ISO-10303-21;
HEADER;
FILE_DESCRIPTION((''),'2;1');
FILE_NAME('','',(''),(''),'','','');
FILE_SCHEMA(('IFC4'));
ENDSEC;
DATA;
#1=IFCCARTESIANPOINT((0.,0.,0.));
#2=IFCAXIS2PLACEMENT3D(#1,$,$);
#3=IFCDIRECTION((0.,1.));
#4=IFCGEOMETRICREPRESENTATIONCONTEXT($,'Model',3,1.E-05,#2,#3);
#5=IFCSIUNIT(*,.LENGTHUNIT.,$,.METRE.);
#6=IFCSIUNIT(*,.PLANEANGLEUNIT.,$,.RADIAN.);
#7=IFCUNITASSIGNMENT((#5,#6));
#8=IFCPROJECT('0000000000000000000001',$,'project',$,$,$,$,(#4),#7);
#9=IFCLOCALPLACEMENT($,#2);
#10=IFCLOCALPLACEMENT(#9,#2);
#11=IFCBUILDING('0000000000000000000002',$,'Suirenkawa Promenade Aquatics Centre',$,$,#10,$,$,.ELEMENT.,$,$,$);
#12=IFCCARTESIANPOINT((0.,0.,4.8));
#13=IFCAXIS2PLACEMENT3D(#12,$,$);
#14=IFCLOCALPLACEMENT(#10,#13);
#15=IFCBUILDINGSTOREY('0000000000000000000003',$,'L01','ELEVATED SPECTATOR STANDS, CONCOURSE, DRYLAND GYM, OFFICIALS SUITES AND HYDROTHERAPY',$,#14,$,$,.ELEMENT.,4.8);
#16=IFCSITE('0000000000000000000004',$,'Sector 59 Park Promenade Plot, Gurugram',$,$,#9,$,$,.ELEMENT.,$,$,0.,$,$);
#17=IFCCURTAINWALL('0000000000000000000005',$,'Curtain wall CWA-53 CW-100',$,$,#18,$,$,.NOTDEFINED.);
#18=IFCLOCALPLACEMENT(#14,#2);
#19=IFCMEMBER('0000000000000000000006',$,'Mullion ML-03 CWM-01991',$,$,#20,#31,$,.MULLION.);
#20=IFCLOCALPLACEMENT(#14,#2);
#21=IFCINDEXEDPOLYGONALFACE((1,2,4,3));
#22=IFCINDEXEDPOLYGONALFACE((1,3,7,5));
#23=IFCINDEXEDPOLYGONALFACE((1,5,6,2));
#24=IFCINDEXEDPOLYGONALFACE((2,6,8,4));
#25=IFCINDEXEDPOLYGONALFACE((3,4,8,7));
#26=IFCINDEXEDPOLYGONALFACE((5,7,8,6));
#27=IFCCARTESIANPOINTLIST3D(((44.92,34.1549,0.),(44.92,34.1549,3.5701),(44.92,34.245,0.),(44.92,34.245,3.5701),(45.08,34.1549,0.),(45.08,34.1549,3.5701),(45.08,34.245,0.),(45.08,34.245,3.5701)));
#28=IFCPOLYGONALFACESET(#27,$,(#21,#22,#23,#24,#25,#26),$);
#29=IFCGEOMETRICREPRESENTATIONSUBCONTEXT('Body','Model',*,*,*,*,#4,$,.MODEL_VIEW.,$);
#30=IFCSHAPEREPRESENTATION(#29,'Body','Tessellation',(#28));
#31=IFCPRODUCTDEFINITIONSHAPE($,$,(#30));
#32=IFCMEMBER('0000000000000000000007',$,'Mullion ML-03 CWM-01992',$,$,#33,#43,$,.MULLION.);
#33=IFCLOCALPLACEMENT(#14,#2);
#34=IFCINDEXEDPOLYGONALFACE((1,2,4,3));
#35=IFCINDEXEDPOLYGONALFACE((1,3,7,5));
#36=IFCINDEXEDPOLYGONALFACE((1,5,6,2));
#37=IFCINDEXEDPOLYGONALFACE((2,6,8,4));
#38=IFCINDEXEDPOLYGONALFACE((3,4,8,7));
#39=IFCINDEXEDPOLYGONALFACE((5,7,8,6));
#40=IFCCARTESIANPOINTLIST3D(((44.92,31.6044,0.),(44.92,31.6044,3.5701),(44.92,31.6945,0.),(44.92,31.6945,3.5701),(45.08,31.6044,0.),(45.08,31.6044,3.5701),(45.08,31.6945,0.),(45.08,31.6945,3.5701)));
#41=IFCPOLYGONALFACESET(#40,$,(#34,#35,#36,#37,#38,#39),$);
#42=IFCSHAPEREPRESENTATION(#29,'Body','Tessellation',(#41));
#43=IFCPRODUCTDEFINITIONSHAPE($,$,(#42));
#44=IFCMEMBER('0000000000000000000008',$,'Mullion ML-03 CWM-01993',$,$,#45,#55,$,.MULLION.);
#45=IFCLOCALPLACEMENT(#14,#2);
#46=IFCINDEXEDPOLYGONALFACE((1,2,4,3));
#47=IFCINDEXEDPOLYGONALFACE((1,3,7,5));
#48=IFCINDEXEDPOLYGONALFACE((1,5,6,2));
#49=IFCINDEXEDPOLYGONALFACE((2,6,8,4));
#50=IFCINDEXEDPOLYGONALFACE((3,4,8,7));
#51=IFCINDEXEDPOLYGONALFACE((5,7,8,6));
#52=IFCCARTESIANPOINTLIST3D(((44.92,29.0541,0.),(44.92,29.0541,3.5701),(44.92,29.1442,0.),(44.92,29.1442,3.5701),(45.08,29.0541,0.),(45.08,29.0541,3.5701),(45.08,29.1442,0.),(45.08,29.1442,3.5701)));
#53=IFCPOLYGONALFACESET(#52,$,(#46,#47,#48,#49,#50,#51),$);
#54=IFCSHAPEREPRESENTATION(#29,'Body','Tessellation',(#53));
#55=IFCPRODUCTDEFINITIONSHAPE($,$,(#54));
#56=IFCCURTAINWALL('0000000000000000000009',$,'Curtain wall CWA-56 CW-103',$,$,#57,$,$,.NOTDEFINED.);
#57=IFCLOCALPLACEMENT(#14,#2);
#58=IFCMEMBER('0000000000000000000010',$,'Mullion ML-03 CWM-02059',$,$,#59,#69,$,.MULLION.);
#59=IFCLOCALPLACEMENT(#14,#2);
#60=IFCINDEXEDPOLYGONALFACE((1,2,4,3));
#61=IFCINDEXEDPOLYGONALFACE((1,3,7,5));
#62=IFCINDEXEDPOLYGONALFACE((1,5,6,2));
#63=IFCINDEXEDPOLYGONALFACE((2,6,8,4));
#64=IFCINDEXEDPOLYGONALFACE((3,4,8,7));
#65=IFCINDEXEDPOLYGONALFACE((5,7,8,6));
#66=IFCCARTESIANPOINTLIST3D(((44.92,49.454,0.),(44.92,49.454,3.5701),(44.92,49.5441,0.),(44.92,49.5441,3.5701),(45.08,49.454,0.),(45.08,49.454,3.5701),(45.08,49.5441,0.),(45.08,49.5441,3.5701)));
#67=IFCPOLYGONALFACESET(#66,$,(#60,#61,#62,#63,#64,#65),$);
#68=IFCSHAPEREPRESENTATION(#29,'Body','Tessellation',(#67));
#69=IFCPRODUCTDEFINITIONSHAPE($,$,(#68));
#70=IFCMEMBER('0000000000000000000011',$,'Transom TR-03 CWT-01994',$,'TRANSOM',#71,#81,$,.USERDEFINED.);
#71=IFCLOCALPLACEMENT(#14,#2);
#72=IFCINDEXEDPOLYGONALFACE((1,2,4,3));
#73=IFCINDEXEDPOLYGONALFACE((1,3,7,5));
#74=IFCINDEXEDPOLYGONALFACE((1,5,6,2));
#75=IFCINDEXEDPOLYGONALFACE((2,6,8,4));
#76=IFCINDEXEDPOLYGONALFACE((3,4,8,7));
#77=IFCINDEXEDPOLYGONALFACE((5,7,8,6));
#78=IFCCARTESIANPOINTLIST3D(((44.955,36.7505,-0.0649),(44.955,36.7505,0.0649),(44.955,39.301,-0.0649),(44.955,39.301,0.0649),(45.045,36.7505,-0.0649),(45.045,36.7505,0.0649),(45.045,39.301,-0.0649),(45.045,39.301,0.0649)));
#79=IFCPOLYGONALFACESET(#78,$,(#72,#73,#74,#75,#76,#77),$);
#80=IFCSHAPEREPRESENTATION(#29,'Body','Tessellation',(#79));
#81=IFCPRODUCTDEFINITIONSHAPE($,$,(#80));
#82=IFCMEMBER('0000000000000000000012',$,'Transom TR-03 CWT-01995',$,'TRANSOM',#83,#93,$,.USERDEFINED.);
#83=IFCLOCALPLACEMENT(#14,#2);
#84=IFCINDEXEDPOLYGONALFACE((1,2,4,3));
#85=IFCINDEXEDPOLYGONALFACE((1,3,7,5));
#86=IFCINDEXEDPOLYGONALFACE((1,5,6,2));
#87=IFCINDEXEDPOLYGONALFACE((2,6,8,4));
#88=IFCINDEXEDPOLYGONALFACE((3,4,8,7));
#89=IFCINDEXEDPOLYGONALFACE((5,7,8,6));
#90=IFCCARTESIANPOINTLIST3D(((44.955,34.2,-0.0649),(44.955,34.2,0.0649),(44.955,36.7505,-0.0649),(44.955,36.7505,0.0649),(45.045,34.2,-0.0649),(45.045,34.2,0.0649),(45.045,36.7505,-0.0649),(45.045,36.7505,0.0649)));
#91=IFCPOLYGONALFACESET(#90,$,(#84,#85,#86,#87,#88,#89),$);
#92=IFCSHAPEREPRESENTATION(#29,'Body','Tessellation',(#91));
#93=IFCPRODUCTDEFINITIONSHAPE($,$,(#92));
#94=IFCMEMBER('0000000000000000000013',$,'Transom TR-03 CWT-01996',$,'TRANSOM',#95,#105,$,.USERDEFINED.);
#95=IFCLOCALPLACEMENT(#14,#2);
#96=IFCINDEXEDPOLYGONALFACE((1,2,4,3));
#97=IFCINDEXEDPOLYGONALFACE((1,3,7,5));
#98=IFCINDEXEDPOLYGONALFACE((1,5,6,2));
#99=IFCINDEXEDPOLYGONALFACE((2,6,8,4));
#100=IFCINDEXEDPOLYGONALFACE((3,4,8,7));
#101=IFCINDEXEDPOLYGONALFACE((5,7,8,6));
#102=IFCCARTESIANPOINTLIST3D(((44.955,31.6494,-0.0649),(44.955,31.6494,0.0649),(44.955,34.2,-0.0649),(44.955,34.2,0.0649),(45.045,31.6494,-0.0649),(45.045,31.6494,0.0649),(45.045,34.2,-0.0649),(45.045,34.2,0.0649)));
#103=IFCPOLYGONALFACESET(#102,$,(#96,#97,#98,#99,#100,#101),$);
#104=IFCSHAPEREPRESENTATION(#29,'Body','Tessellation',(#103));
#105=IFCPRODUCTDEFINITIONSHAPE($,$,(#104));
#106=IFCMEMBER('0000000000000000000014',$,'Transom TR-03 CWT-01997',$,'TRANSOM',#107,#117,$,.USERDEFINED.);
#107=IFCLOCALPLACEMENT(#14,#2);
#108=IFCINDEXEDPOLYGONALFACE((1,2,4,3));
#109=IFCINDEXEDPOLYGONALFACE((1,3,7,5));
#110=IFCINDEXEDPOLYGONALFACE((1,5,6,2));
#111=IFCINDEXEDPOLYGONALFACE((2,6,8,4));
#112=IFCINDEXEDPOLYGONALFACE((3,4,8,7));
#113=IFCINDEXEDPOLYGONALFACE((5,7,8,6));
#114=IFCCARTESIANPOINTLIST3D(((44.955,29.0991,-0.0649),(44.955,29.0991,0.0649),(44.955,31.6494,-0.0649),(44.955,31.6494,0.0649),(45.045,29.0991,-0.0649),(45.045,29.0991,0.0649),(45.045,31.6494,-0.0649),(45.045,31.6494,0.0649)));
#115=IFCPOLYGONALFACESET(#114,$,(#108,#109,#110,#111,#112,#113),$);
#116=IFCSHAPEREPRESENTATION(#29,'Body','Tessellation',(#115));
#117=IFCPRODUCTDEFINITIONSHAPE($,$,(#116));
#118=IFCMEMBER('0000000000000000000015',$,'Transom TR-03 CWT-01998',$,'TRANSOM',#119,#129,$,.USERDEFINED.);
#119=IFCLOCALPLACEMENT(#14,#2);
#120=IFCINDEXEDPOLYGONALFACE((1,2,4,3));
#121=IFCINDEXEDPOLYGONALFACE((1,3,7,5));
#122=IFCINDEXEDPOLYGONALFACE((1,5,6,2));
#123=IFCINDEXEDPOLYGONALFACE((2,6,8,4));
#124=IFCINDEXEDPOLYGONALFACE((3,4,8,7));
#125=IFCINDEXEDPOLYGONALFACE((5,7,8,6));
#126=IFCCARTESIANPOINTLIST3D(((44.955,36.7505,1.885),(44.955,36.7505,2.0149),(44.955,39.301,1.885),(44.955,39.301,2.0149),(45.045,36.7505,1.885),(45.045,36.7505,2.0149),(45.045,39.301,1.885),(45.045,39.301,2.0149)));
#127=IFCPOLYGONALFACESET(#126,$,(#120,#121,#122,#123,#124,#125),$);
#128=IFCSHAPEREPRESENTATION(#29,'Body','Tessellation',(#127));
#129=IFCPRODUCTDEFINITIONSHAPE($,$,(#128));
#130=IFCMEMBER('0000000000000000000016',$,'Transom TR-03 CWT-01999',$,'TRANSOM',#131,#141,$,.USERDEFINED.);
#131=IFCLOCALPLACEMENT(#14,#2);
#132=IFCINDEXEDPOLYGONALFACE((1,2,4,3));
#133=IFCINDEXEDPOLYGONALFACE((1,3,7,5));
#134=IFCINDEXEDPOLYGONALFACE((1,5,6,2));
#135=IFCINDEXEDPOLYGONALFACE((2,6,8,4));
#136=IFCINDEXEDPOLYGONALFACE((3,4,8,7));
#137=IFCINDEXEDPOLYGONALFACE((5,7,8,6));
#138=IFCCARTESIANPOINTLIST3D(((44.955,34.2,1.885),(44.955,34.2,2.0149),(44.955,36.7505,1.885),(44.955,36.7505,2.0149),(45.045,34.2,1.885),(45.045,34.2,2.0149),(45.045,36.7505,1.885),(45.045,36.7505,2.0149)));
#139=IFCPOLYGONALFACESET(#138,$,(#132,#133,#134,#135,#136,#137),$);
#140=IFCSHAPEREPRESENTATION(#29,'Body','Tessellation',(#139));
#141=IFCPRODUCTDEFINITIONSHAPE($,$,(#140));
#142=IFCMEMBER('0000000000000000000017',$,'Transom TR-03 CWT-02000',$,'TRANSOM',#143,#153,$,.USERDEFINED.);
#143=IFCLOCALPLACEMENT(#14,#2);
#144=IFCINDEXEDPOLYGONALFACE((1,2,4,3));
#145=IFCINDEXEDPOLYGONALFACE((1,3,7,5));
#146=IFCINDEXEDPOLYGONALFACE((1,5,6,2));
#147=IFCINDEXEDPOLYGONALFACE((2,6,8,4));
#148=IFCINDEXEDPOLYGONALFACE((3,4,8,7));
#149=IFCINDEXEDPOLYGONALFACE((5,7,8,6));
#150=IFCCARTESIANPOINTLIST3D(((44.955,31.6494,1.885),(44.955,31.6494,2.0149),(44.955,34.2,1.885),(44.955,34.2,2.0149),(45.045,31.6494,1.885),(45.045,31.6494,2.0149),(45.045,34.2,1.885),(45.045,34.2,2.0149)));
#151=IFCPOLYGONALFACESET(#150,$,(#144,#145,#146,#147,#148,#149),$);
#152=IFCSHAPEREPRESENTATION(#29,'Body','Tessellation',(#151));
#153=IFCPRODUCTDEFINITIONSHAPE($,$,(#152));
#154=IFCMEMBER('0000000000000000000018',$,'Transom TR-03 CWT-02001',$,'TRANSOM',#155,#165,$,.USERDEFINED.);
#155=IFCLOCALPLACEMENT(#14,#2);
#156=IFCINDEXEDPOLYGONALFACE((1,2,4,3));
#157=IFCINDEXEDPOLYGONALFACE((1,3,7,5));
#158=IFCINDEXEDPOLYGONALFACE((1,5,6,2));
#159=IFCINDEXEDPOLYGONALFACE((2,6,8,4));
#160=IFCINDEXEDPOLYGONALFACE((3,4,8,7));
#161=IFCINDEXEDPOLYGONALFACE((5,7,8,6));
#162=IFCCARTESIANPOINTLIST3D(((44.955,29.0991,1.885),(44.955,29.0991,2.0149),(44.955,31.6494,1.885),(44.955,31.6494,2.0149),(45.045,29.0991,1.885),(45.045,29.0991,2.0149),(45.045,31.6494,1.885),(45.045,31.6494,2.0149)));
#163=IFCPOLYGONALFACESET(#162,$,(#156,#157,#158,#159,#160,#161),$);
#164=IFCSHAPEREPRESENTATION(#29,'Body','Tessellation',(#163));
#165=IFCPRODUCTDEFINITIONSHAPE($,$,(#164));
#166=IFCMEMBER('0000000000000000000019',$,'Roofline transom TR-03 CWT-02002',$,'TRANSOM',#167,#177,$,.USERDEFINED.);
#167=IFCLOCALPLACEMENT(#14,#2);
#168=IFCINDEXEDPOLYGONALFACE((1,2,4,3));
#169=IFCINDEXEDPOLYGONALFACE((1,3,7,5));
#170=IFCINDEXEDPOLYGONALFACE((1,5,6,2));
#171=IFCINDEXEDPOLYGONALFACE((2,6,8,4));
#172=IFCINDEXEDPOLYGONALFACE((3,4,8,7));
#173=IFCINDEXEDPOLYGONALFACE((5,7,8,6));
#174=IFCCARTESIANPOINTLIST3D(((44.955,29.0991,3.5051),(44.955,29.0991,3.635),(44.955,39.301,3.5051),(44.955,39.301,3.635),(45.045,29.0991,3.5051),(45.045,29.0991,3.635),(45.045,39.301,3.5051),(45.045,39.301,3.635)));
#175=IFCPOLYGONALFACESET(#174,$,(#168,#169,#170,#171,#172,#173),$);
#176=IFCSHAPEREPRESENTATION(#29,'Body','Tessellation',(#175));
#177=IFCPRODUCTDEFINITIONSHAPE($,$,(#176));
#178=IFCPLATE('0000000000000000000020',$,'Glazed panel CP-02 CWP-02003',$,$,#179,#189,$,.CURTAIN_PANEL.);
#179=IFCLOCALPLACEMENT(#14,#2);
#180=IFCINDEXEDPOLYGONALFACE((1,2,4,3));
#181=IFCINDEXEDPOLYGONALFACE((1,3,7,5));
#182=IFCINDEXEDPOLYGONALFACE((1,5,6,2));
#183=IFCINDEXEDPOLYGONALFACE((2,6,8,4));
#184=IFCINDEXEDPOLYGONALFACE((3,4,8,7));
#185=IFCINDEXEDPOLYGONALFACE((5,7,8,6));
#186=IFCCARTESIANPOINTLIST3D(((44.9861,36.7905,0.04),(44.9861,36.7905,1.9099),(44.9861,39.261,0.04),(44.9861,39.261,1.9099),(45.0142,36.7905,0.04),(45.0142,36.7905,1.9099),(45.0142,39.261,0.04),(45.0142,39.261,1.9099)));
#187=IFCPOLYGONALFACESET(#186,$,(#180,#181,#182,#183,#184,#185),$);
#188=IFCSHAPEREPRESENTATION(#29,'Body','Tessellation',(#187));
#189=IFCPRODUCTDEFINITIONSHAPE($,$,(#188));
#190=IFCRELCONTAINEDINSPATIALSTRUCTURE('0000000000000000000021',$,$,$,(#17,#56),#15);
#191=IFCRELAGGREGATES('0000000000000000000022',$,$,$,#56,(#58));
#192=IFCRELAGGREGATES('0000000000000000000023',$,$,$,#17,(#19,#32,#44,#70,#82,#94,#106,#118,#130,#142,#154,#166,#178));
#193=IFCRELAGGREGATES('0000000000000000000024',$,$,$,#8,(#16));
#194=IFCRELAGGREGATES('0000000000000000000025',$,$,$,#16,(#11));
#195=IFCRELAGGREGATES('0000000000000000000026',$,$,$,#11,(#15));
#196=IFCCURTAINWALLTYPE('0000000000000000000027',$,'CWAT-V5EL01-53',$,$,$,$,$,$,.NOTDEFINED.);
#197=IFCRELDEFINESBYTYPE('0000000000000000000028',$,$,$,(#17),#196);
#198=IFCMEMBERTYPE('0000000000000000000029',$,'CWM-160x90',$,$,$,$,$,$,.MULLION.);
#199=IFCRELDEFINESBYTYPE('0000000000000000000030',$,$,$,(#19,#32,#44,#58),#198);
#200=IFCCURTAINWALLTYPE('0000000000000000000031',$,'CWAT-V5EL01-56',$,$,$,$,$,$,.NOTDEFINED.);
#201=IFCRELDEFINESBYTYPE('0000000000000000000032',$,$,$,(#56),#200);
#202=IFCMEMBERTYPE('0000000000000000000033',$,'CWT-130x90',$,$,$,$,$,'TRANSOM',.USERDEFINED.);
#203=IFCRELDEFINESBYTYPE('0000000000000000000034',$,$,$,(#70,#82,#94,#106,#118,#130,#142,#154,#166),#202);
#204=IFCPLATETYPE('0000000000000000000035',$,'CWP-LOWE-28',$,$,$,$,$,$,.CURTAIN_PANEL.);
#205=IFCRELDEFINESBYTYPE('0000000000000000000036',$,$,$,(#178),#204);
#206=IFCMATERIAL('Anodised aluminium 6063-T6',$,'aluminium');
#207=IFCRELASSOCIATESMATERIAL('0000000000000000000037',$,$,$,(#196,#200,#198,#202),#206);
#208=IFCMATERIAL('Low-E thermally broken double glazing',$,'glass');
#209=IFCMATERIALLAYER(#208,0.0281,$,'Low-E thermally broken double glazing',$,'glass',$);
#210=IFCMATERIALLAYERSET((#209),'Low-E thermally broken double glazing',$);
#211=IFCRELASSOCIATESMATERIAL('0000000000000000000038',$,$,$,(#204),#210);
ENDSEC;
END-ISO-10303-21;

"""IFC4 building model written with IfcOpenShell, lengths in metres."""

from ifc_helpers import new_model, si_unit, direction, frame, origin, origin_2d, place, context, subcontext, project, spatial, polyline, rectangle, outline, extrude, material, layer, layer_set, material_profile, profile_set, type_object, element, aggregate, save


model = new_model("IFC4")

# Units and contexts
model_context = context("Model", 3, precision=1e-05, world=origin(), true_north=direction((0.0, 1.0)))
body_context = subcontext(model_context, "Body", "Model", "MODEL_VIEW")
ifc_project = project(units=[si_unit("LENGTHUNIT", "METRE"), si_unit("PLANEANGLEUNIT", "RADIAN")], contexts=[model_context])

# Site, building, storey
site_placement = place(None, origin())
site = spatial("IfcSite", under=ifc_project, at=site_placement, Name="Sector 59 Park Promenade Plot, Gurugram", CompositionType="ELEMENT", RefElevation=0.0)
building_placement = place(site_placement, origin())
building = spatial("IfcBuilding", under=site, at=building_placement, Name="Suirenkawa Promenade Aquatics Centre", CompositionType="ELEMENT")
storey_placement = place(building_placement, frame((0.0, 0.0, 4.8)))
storey = spatial("IfcBuildingStorey", under=building, at=storey_placement, Name="L01", Description="ELEVATED SPECTATOR STANDS, CONCOURSE, DRYLAND GYM, OFFICIALS SUITES AND HYDROTHERAPY", CompositionType="ELEMENT", Elevation=4.8)

# Curtain wall, members
ifc_material_1 = material(Name="Anodised aluminium 6063-T6", Category="aluminium")
curtain_wall_type_1 = type_object("IfcCurtainWallType", Name="CWAT-V5EL01-53", PredefinedType="NOTDEFINED", material=ifc_material_1)
curtain_wall_1_placement = place(storey_placement, origin())
curtain_wall_1 = element("IfcCurtainWall", 1, at=curtain_wall_1_placement, inside=storey, type_object=curtain_wall_type_1, Name="Curtain wall CWA-53 CW-100", PredefinedType="NOTDEFINED")
ifc_material_profile_1 = material_profile(ifc_material_1, rectangle(XDim=0.0901, YDim=0.1599, at=origin_2d()), Name="ALU MULL 90x160", Category="aluminium")
ifc_profile_set_1 = profile_set([ifc_material_profile_1], Name="Anodised aluminium 6063-T6")
member_type_1 = type_object("IfcMemberType", Name="CWM-160x90", PredefinedType="MULLION", material=ifc_profile_set_1)
member_1_placement = place(storey_placement, frame((45.0, 34.2, 0.0), z_axis=(0.0, 0.0, 1.0), x_axis=(0.0, -1.0, 0.0)))
member_1 = element("IfcMember", 2, at=member_1_placement, type_object=member_type_1, Name="Mullion ML-03 CWM-01991", PredefinedType="MULLION", context=body_context, shape_type="SweptSolid", body=[
    extrude(rectangle(XDim=0.0901, YDim=0.1599, at=origin_2d()), origin(), (0.0, 0.0, 1.0), 3.5701),
])
member_2_placement = place(storey_placement, frame((45.0, 31.6494, 0.0), z_axis=(0.0, 0.0, 1.0), x_axis=(0.0, -1.0, 0.0)))
member_2 = element("IfcMember", 3, at=member_2_placement, type_object=member_type_1, Name="Mullion ML-03 CWM-01992", PredefinedType="MULLION", context=body_context, shape_type="SweptSolid", body=[
    extrude(rectangle(XDim=0.0901, YDim=0.1599, at=origin_2d()), origin(), (0.0, 0.0, 1.0), 3.5701),
])
member_3_placement = place(storey_placement, frame((45.0, 29.0991, 0.0), z_axis=(0.0, 0.0, 1.0), x_axis=(0.0, -1.0, 0.0)))
member_3 = element("IfcMember", 4, at=member_3_placement, type_object=member_type_1, Name="Mullion ML-03 CWM-01993", PredefinedType="MULLION", context=body_context, shape_type="SweptSolid", body=[
    extrude(rectangle(XDim=0.0901, YDim=0.1599, at=origin_2d()), origin(), (0.0, 0.0, 1.0), 3.5701),
])

# Curtain wall, member
curtain_wall_type_2 = type_object("IfcCurtainWallType", Name="CWAT-V5EL01-56", PredefinedType="NOTDEFINED", material=ifc_material_1)
curtain_wall_2_placement = place(storey_placement, origin())
curtain_wall_2 = element("IfcCurtainWall", 5, at=curtain_wall_2_placement, inside=storey, type_object=curtain_wall_type_2, Name="Curtain wall CWA-56 CW-103", PredefinedType="NOTDEFINED")
member_4_placement = place(storey_placement, frame((45.0, 49.499, 0.0), z_axis=(0.0, 0.0, 1.0), x_axis=(0.0, -1.0, 0.0)))
member_4 = element("IfcMember", 6, at=member_4_placement, type_object=member_type_1, Name="Mullion ML-03 CWM-02059", PredefinedType="MULLION", context=body_context, shape_type="SweptSolid", body=[
    extrude(rectangle(XDim=0.0901, YDim=0.1599, at=origin_2d()), origin(), (0.0, 0.0, 1.0), 3.5701),
])
aggregate(curtain_wall_2, [member_4])

# Members
ifc_material_profile_2 = material_profile(ifc_material_1, rectangle(XDim=0.0901, YDim=0.1299, at=origin_2d()), Name="ALU TRAN 90x130", Category="aluminium")
ifc_profile_set_2 = profile_set([ifc_material_profile_2], Name="Anodised aluminium 6063-T6")
member_type_2 = type_object("IfcMemberType", Name="CWT-130x90", ElementType="TRANSOM", PredefinedType="USERDEFINED", material=ifc_profile_set_2)
member_5_placement = place(storey_placement, frame((45.0, 39.301, 0.0), z_axis=(0.0, -1.0, 0.0), x_axis=(1.0, 0.0, 0.0)))
member_5 = element("IfcMember", 7, at=member_5_placement, type_object=member_type_2, Name="Transom TR-03 CWT-01994", ObjectType="TRANSOM", PredefinedType="USERDEFINED", context=body_context, shape_type="SweptSolid", body=[
    extrude(rectangle(XDim=0.0901, YDim=0.1299, at=origin_2d()), origin(), (0.0, 0.0, 1.0), 2.5505),
])
member_6_placement = place(storey_placement, frame((45.0, 36.7505, 0.0), z_axis=(0.0, -1.0, 0.0), x_axis=(1.0, 0.0, 0.0)))
member_6 = element("IfcMember", 8, at=member_6_placement, type_object=member_type_2, Name="Transom TR-03 CWT-01995", ObjectType="TRANSOM", PredefinedType="USERDEFINED", context=body_context, shape_type="SweptSolid", body=[
    extrude(rectangle(XDim=0.0901, YDim=0.1299, at=origin_2d()), origin(), (0.0, 0.0, 1.0), 2.5505),
])
member_7_placement = place(storey_placement, frame((45.0, 34.2, 0.0), z_axis=(0.0, -1.0, 0.0), x_axis=(1.0, 0.0, 0.0)))
member_7 = element("IfcMember", 9, at=member_7_placement, type_object=member_type_2, Name="Transom TR-03 CWT-01996", ObjectType="TRANSOM", PredefinedType="USERDEFINED", context=body_context, shape_type="SweptSolid", body=[
    extrude(rectangle(XDim=0.0901, YDim=0.1299, at=origin_2d()), origin(), (0.0, 0.0, 1.0), 2.5505),
])
member_8_placement = place(storey_placement, frame((45.0, 31.6494, 0.0), z_axis=(0.0, -1.0, 0.0), x_axis=(1.0, 0.0, 0.0)))
member_8 = element("IfcMember", 10, at=member_8_placement, type_object=member_type_2, Name="Transom TR-03 CWT-01997", ObjectType="TRANSOM", PredefinedType="USERDEFINED", context=body_context, shape_type="SweptSolid", body=[
    extrude(rectangle(XDim=0.0901, YDim=0.1299, at=origin_2d()), origin(), (0.0, 0.0, 1.0), 2.5503),
])
member_9_placement = place(storey_placement, frame((45.0, 39.301, 1.95), z_axis=(0.0, -1.0, 0.0), x_axis=(1.0, 0.0, 0.0)))
member_9 = element("IfcMember", 11, at=member_9_placement, type_object=member_type_2, Name="Transom TR-03 CWT-01998", ObjectType="TRANSOM", PredefinedType="USERDEFINED", context=body_context, shape_type="SweptSolid", body=[
    extrude(rectangle(XDim=0.0901, YDim=0.1299, at=origin_2d()), origin(), (0.0, 0.0, 1.0), 2.5505),
])
member_10_placement = place(storey_placement, frame((45.0, 36.7505, 1.95), z_axis=(0.0, -1.0, 0.0), x_axis=(1.0, 0.0, 0.0)))
member_10 = element("IfcMember", 12, at=member_10_placement, type_object=member_type_2, Name="Transom TR-03 CWT-01999", ObjectType="TRANSOM", PredefinedType="USERDEFINED", context=body_context, shape_type="SweptSolid", body=[
    extrude(rectangle(XDim=0.0901, YDim=0.1299, at=origin_2d()), origin(), (0.0, 0.0, 1.0), 2.5505),
])
member_11_placement = place(storey_placement, frame((45.0, 34.2, 1.95), z_axis=(0.0, -1.0, 0.0), x_axis=(1.0, 0.0, 0.0)))
member_11 = element("IfcMember", 13, at=member_11_placement, type_object=member_type_2, Name="Transom TR-03 CWT-02000", ObjectType="TRANSOM", PredefinedType="USERDEFINED", context=body_context, shape_type="SweptSolid", body=[
    extrude(rectangle(XDim=0.0901, YDim=0.1299, at=origin_2d()), origin(), (0.0, 0.0, 1.0), 2.5505),
])
member_12_placement = place(storey_placement, frame((45.0, 31.6494, 1.95), z_axis=(0.0, -1.0, 0.0), x_axis=(1.0, 0.0, 0.0)))
member_12 = element("IfcMember", 14, at=member_12_placement, type_object=member_type_2, Name="Transom TR-03 CWT-02001", ObjectType="TRANSOM", PredefinedType="USERDEFINED", context=body_context, shape_type="SweptSolid", body=[
    extrude(rectangle(XDim=0.0901, YDim=0.1299, at=origin_2d()), origin(), (0.0, 0.0, 1.0), 2.5503),
])
member_13_placement = place(storey_placement, frame((45.0, 39.301, 3.5701), z_axis=(0.0, -1.0, 0.0), x_axis=(1.0, 0.0, 0.0)))
member_13 = element("IfcMember", 15, at=member_13_placement, type_object=member_type_2, Name="Roofline transom TR-03 CWT-02002", ObjectType="TRANSOM", PredefinedType="USERDEFINED", context=body_context, shape_type="SweptSolid", body=[
    extrude(rectangle(XDim=0.0901, YDim=0.1299, at=origin_2d()), origin(), (0.0, 0.0, 1.0), 10.2019),
])

# Plate
ifc_material_2 = material(Name="Low-E thermally broken double glazing", Category="glass")
ifc_layer_1 = layer(ifc_material_2, 0.0281, Name="Low-E thermally broken double glazing", Category="glass")
ifc_layer_set_1 = layer_set([ifc_layer_1], Name="Low-E thermally broken double glazing")
plate_type = type_object("IfcPlateType", Name="CWP-LOWE-28", PredefinedType="CURTAIN_PANEL", material=ifc_layer_set_1)
plate_1_placement = place(storey_placement, frame((45.0, 39.301, 0.04), z_axis=(0.0, 0.0, 1.0), x_axis=(0.0, -1.0, 0.0)))
plate_1 = element("IfcPlate", 16, at=plate_1_placement, type_object=plate_type, Name="Glazed panel CP-02 CWP-02003", PredefinedType="CURTAIN_PANEL", context=body_context, shape_type="SweptSolid", body=[
    extrude(outline(polyline([(0.04, 0.0), (2.5105, 0.0), (2.5105, 1.8699), (0.04, 1.8699), (0.04, 0.0)])), frame((0.0, 0.0142, 0.0), z_axis=(0.0, -1.0, 0.0), x_axis=(1.0, 0.0, 0.0)), (0.0, 0.0, 1.0), 0.0281),
])
aggregate(curtain_wall_1, [member_1, member_2, member_3, member_5, member_6, member_7, member_8, member_9, member_10, member_11, member_12, member_13, plate_1])

save(model, "model.ifc")
